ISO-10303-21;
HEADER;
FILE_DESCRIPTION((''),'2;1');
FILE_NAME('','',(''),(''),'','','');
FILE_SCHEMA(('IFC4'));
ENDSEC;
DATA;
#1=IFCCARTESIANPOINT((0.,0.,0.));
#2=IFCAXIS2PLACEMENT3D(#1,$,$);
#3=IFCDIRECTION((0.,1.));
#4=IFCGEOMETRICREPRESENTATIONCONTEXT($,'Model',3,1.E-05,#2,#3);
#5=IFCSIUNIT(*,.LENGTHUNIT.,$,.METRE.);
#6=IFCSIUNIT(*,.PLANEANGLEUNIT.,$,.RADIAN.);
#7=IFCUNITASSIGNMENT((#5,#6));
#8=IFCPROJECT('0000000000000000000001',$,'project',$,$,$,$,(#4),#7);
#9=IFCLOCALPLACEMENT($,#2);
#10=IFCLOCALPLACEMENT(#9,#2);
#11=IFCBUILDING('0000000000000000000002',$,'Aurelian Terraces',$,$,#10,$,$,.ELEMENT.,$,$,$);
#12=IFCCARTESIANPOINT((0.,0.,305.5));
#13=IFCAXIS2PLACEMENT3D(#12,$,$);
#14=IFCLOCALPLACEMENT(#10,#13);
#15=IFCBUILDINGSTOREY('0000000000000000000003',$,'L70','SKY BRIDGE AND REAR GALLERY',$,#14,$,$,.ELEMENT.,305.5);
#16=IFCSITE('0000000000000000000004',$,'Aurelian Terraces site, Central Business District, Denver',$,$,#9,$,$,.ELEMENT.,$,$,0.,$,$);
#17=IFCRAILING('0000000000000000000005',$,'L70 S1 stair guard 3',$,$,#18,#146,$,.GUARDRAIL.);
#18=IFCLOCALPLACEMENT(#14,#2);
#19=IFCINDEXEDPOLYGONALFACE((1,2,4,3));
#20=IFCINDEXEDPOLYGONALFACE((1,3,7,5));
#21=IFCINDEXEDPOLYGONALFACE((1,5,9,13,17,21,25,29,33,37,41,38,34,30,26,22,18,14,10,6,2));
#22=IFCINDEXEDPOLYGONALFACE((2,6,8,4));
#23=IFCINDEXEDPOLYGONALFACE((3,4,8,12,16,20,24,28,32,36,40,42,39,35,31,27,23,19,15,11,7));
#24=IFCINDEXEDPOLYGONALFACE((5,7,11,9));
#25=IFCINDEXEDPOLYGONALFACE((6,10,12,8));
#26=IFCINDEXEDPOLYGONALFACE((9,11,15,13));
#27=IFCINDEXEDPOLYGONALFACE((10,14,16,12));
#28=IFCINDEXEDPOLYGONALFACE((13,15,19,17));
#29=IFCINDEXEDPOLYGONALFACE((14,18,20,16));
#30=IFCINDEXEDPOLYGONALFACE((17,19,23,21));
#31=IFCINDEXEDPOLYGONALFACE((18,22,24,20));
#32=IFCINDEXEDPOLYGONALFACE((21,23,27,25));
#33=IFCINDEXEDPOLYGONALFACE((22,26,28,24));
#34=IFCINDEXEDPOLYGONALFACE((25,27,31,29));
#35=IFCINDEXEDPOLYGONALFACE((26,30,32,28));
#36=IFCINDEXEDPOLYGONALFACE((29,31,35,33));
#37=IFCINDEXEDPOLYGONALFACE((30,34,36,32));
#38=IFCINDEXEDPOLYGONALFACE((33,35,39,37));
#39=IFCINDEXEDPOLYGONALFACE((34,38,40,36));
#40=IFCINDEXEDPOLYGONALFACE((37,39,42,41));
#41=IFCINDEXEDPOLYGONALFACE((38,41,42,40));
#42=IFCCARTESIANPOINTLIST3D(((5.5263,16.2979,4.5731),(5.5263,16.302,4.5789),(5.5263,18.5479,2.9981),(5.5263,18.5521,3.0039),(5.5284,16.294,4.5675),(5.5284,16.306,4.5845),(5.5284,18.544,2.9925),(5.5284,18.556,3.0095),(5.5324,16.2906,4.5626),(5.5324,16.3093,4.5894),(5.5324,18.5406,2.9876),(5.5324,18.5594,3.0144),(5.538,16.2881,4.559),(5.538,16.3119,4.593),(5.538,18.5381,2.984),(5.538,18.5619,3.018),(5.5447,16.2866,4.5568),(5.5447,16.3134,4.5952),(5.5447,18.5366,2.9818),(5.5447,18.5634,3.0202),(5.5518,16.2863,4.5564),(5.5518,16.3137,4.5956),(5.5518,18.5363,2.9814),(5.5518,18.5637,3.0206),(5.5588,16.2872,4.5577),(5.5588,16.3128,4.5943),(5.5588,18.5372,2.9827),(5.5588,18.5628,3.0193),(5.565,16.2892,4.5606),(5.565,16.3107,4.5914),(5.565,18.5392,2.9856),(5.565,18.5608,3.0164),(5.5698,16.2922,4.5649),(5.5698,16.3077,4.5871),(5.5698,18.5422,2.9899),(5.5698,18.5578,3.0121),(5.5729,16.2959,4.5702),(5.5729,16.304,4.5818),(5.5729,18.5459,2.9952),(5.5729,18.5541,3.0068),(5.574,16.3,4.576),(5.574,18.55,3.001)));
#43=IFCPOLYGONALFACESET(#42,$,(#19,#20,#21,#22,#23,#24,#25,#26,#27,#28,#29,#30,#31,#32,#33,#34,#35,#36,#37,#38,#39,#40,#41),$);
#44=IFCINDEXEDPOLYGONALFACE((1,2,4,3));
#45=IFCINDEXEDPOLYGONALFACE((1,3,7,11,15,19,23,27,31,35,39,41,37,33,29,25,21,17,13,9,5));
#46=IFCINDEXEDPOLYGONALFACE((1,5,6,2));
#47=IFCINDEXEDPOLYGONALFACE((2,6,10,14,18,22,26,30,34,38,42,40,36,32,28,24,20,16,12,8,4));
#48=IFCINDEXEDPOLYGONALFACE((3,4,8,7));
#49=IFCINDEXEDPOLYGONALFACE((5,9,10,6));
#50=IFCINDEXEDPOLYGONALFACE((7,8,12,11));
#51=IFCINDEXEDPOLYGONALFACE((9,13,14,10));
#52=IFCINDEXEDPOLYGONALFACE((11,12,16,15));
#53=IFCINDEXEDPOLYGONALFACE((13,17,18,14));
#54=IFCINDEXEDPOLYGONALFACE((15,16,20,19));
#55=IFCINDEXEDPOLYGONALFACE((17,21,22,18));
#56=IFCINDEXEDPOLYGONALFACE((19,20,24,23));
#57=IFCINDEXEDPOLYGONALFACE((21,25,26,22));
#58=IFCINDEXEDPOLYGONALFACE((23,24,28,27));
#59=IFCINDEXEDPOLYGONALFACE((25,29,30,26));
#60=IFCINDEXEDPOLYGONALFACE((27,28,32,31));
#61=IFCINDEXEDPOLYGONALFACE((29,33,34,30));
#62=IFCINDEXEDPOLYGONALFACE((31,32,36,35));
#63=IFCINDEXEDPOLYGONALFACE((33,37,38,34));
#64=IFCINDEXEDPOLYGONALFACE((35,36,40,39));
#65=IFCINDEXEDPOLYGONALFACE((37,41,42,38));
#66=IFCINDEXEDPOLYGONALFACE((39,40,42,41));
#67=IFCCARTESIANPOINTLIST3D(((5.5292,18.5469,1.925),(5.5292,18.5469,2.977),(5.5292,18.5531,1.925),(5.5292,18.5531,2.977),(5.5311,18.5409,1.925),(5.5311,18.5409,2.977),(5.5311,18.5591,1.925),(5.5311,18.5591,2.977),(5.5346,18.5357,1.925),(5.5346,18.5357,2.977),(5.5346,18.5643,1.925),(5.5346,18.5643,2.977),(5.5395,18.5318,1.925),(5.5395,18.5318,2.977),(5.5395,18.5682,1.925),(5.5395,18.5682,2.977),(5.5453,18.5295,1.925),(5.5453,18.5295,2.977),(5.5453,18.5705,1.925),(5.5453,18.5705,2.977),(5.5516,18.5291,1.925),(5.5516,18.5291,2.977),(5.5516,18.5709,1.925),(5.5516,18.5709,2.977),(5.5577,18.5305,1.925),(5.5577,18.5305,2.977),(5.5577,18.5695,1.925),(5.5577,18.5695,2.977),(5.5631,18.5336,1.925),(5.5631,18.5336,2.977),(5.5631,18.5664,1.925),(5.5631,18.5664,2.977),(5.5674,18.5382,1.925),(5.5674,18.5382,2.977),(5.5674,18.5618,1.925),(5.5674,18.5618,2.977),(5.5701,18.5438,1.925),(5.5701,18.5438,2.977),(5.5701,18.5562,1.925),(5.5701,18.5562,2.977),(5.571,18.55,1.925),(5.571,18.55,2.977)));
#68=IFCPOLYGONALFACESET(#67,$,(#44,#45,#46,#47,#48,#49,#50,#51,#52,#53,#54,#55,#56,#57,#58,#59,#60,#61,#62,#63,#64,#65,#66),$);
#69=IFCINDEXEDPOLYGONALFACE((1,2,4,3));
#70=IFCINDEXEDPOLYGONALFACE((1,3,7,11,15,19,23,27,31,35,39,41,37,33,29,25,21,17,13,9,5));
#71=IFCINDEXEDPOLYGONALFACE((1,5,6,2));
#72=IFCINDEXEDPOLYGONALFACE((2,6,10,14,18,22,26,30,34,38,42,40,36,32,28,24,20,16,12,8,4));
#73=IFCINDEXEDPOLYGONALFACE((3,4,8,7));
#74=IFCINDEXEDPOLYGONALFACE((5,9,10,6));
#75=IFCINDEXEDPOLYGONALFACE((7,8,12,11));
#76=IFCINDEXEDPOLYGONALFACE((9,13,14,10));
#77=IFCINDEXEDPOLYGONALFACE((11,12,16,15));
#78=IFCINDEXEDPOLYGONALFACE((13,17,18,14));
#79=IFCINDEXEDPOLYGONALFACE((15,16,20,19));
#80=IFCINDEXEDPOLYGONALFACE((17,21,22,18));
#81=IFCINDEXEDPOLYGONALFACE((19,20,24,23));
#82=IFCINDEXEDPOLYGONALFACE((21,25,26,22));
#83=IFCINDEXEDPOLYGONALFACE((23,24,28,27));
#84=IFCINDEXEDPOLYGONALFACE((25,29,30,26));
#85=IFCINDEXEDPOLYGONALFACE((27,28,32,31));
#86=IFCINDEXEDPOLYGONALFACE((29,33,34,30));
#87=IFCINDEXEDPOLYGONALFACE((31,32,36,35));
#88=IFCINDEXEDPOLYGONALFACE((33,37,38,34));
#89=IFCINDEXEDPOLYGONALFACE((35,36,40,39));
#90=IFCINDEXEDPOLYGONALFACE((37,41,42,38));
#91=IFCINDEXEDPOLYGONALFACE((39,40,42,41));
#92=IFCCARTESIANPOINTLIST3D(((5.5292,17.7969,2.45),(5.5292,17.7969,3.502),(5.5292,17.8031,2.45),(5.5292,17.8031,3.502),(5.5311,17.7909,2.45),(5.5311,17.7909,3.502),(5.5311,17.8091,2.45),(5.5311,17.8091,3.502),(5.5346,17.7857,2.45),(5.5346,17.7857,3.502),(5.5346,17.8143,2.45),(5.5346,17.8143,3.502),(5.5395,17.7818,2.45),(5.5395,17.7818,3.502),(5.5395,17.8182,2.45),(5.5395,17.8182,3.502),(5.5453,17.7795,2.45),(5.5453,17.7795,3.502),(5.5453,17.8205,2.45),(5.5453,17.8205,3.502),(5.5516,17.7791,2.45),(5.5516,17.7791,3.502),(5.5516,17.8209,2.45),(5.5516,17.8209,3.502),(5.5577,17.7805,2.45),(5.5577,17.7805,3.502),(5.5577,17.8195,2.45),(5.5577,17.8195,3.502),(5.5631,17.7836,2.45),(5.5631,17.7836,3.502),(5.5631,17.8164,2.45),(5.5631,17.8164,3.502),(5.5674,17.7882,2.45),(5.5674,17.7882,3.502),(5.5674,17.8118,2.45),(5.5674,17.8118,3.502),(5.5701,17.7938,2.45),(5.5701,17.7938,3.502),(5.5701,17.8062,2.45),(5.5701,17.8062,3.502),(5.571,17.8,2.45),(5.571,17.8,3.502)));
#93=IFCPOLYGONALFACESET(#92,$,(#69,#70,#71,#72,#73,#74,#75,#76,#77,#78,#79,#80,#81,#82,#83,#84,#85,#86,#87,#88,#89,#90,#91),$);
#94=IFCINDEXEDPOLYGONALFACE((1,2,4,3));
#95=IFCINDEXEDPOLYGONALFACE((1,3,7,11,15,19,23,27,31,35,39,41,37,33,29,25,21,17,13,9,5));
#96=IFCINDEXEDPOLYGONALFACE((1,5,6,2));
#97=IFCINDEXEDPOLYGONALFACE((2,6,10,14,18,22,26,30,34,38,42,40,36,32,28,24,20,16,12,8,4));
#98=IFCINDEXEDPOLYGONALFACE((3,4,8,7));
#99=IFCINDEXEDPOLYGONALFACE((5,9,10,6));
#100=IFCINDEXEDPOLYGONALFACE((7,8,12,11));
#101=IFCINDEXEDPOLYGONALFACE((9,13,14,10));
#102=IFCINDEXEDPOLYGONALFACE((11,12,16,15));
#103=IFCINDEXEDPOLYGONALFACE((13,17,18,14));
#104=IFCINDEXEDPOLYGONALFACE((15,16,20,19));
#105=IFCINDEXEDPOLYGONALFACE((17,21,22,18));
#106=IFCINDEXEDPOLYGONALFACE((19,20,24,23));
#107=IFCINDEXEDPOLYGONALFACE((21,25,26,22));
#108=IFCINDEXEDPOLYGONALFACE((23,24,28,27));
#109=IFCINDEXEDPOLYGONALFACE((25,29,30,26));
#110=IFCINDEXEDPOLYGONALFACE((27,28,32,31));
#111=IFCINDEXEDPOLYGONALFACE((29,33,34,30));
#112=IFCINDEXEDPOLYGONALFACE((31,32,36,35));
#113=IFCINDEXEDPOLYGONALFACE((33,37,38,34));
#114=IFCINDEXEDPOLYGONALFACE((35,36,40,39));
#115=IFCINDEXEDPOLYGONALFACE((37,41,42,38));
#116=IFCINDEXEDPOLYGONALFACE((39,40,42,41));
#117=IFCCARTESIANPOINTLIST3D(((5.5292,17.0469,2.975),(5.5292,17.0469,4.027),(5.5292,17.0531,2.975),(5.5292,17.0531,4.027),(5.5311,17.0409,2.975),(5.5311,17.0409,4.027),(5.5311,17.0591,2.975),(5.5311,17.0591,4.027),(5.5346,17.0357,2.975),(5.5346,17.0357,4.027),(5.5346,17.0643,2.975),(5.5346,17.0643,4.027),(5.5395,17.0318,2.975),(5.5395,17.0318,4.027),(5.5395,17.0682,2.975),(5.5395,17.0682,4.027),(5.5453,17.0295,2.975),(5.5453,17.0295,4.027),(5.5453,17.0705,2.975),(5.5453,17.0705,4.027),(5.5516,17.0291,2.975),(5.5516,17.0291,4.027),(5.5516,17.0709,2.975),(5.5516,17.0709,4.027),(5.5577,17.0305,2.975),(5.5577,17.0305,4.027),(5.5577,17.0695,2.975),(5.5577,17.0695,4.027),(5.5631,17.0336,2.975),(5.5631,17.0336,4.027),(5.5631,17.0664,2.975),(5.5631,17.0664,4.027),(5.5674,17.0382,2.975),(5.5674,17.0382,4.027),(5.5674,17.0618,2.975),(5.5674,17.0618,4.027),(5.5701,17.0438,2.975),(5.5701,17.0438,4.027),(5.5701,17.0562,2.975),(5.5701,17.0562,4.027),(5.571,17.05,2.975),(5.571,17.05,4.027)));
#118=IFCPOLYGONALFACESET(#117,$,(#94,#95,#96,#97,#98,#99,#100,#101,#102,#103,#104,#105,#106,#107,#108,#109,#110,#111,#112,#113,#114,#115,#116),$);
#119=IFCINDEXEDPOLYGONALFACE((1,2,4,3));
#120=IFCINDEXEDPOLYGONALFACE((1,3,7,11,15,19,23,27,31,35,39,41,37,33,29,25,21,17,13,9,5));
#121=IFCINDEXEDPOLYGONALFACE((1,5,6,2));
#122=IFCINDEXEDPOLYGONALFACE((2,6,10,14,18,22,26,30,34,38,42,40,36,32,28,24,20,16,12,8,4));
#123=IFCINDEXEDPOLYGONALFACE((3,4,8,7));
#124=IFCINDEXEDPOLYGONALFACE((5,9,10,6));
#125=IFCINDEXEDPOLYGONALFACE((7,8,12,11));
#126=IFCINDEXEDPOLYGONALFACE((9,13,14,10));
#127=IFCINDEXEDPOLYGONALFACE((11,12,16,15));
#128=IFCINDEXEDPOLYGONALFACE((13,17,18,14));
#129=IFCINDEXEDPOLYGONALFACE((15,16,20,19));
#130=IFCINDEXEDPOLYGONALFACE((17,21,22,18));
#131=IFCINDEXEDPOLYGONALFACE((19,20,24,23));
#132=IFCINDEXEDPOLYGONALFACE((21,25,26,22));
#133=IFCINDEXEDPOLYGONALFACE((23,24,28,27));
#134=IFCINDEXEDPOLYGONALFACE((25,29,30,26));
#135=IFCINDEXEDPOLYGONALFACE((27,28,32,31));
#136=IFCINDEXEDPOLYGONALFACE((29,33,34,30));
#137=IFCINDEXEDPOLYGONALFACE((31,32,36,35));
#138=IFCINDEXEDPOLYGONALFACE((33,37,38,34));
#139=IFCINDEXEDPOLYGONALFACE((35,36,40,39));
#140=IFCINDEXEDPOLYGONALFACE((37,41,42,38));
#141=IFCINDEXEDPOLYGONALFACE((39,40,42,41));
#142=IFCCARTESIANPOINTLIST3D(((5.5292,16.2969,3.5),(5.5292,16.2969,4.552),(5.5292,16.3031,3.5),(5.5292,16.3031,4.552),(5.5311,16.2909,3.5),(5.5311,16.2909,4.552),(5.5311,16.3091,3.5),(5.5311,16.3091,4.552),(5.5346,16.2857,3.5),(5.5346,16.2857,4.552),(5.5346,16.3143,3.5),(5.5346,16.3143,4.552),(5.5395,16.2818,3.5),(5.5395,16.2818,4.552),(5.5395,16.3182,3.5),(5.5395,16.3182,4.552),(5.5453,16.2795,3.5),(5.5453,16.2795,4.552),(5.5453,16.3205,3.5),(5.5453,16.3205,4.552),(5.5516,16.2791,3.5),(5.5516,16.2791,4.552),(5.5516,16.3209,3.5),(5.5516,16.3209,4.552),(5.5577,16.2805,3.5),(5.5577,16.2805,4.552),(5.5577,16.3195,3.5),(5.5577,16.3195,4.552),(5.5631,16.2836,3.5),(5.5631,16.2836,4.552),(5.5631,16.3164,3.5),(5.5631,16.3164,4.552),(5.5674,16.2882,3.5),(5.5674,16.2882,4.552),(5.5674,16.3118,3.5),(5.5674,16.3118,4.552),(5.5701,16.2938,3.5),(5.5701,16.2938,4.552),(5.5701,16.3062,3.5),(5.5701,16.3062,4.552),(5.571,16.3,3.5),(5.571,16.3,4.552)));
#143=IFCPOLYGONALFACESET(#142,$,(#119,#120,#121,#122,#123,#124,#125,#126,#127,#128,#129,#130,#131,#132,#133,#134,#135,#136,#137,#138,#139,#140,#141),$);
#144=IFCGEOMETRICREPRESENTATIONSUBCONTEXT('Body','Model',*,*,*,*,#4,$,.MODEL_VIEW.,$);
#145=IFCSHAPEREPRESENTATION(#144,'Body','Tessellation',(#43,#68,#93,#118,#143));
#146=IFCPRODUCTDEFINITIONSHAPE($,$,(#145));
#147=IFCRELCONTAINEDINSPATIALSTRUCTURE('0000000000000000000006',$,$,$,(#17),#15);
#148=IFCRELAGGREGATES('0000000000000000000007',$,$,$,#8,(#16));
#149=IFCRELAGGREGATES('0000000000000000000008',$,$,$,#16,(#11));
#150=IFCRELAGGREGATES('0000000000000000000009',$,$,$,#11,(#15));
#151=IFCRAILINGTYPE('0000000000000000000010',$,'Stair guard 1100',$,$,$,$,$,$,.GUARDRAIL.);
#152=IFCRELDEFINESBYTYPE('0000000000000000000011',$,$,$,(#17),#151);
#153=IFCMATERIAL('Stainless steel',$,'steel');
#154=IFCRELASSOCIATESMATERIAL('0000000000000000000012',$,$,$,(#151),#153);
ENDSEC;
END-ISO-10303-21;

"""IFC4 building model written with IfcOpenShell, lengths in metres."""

from ifc_helpers import new_model, si_unit, direction, frame, origin, origin_2d, place, context, subcontext, project, spatial, circle, extrude, source, transform, mapped, material, type_object, element, save


model = new_model("IFC4")

# Units and contexts
model_context = context("Model", 3, precision=1e-05, world=origin(), true_north=direction((0.0, 1.0)))
body_context = subcontext(model_context, "Body", "Model", "MODEL_VIEW")
ifc_project = project(units=[si_unit("LENGTHUNIT", "METRE"), si_unit("PLANEANGLEUNIT", "RADIAN")], contexts=[model_context])

# Site, building, storey
site_placement = place(None, origin())
site = spatial("IfcSite", under=ifc_project, at=site_placement, Name="Aurelian Terraces site, Central Business District, Denver", CompositionType="ELEMENT", RefElevation=0.0)
building_placement = place(site_placement, origin())
building = spatial("IfcBuilding", under=site, at=building_placement, Name="Aurelian Terraces", CompositionType="ELEMENT")
storey_placement = place(building_placement, frame((0.0, 0.0, 305.5)))
storey = spatial("IfcBuildingStorey", under=building, at=storey_placement, Name="L70", Description="SKY BRIDGE AND REAR GALLERY", CompositionType="ELEMENT", Elevation=305.5)

# Railing
ifc_material_1 = material(Name="Stainless steel", Category="steel")
railing_type_1 = type_object("IfcRailingType", Name="Stair guard 1100", PredefinedType="GUARDRAIL", material=ifc_material_1)
shared_shape_1 = source(origin(), body_context, "Body", "SweptSolid", [
    extrude(circle(Radius=0.024, at=origin_2d()), frame((0.0, 0.0, 1.076), z_axis=(0.0, -0.819232, 0.573462), x_axis=(1.0, 0.0, 0.0)), (0.0, 0.0, 1.0), 2.7465),
    extrude(circle(Radius=0.021, at=origin_2d()), origin(), (0.0, 0.0, 1.0), 1.052),
    extrude(circle(Radius=0.021, at=origin_2d()), frame((0.0, -0.75, 0.525)), (0.0, 0.0, 1.0), 1.052),
    extrude(circle(Radius=0.021, at=origin_2d()), frame((0.0, -1.5, 1.05)), (0.0, 0.0, 1.0), 1.052),
    extrude(circle(Radius=0.021, at=origin_2d()), frame((0.0, -2.25, 1.575)), (0.0, 0.0, 1.0), 1.052),
])
railing_1_placement = place(storey_placement, frame((5.55, 18.55, 1.925)))
element("IfcRailing", 1, at=railing_1_placement, inside=storey, type_object=railing_type_1, Name="L70 S1 stair guard 3", PredefinedType="GUARDRAIL", context=body_context, shape_type="MappedRepresentation", body=[
    mapped(shared_shape_1, transform((0.0, 0.0, 0.0), scale=1.0)),
])

save(model, "model.ifc")
